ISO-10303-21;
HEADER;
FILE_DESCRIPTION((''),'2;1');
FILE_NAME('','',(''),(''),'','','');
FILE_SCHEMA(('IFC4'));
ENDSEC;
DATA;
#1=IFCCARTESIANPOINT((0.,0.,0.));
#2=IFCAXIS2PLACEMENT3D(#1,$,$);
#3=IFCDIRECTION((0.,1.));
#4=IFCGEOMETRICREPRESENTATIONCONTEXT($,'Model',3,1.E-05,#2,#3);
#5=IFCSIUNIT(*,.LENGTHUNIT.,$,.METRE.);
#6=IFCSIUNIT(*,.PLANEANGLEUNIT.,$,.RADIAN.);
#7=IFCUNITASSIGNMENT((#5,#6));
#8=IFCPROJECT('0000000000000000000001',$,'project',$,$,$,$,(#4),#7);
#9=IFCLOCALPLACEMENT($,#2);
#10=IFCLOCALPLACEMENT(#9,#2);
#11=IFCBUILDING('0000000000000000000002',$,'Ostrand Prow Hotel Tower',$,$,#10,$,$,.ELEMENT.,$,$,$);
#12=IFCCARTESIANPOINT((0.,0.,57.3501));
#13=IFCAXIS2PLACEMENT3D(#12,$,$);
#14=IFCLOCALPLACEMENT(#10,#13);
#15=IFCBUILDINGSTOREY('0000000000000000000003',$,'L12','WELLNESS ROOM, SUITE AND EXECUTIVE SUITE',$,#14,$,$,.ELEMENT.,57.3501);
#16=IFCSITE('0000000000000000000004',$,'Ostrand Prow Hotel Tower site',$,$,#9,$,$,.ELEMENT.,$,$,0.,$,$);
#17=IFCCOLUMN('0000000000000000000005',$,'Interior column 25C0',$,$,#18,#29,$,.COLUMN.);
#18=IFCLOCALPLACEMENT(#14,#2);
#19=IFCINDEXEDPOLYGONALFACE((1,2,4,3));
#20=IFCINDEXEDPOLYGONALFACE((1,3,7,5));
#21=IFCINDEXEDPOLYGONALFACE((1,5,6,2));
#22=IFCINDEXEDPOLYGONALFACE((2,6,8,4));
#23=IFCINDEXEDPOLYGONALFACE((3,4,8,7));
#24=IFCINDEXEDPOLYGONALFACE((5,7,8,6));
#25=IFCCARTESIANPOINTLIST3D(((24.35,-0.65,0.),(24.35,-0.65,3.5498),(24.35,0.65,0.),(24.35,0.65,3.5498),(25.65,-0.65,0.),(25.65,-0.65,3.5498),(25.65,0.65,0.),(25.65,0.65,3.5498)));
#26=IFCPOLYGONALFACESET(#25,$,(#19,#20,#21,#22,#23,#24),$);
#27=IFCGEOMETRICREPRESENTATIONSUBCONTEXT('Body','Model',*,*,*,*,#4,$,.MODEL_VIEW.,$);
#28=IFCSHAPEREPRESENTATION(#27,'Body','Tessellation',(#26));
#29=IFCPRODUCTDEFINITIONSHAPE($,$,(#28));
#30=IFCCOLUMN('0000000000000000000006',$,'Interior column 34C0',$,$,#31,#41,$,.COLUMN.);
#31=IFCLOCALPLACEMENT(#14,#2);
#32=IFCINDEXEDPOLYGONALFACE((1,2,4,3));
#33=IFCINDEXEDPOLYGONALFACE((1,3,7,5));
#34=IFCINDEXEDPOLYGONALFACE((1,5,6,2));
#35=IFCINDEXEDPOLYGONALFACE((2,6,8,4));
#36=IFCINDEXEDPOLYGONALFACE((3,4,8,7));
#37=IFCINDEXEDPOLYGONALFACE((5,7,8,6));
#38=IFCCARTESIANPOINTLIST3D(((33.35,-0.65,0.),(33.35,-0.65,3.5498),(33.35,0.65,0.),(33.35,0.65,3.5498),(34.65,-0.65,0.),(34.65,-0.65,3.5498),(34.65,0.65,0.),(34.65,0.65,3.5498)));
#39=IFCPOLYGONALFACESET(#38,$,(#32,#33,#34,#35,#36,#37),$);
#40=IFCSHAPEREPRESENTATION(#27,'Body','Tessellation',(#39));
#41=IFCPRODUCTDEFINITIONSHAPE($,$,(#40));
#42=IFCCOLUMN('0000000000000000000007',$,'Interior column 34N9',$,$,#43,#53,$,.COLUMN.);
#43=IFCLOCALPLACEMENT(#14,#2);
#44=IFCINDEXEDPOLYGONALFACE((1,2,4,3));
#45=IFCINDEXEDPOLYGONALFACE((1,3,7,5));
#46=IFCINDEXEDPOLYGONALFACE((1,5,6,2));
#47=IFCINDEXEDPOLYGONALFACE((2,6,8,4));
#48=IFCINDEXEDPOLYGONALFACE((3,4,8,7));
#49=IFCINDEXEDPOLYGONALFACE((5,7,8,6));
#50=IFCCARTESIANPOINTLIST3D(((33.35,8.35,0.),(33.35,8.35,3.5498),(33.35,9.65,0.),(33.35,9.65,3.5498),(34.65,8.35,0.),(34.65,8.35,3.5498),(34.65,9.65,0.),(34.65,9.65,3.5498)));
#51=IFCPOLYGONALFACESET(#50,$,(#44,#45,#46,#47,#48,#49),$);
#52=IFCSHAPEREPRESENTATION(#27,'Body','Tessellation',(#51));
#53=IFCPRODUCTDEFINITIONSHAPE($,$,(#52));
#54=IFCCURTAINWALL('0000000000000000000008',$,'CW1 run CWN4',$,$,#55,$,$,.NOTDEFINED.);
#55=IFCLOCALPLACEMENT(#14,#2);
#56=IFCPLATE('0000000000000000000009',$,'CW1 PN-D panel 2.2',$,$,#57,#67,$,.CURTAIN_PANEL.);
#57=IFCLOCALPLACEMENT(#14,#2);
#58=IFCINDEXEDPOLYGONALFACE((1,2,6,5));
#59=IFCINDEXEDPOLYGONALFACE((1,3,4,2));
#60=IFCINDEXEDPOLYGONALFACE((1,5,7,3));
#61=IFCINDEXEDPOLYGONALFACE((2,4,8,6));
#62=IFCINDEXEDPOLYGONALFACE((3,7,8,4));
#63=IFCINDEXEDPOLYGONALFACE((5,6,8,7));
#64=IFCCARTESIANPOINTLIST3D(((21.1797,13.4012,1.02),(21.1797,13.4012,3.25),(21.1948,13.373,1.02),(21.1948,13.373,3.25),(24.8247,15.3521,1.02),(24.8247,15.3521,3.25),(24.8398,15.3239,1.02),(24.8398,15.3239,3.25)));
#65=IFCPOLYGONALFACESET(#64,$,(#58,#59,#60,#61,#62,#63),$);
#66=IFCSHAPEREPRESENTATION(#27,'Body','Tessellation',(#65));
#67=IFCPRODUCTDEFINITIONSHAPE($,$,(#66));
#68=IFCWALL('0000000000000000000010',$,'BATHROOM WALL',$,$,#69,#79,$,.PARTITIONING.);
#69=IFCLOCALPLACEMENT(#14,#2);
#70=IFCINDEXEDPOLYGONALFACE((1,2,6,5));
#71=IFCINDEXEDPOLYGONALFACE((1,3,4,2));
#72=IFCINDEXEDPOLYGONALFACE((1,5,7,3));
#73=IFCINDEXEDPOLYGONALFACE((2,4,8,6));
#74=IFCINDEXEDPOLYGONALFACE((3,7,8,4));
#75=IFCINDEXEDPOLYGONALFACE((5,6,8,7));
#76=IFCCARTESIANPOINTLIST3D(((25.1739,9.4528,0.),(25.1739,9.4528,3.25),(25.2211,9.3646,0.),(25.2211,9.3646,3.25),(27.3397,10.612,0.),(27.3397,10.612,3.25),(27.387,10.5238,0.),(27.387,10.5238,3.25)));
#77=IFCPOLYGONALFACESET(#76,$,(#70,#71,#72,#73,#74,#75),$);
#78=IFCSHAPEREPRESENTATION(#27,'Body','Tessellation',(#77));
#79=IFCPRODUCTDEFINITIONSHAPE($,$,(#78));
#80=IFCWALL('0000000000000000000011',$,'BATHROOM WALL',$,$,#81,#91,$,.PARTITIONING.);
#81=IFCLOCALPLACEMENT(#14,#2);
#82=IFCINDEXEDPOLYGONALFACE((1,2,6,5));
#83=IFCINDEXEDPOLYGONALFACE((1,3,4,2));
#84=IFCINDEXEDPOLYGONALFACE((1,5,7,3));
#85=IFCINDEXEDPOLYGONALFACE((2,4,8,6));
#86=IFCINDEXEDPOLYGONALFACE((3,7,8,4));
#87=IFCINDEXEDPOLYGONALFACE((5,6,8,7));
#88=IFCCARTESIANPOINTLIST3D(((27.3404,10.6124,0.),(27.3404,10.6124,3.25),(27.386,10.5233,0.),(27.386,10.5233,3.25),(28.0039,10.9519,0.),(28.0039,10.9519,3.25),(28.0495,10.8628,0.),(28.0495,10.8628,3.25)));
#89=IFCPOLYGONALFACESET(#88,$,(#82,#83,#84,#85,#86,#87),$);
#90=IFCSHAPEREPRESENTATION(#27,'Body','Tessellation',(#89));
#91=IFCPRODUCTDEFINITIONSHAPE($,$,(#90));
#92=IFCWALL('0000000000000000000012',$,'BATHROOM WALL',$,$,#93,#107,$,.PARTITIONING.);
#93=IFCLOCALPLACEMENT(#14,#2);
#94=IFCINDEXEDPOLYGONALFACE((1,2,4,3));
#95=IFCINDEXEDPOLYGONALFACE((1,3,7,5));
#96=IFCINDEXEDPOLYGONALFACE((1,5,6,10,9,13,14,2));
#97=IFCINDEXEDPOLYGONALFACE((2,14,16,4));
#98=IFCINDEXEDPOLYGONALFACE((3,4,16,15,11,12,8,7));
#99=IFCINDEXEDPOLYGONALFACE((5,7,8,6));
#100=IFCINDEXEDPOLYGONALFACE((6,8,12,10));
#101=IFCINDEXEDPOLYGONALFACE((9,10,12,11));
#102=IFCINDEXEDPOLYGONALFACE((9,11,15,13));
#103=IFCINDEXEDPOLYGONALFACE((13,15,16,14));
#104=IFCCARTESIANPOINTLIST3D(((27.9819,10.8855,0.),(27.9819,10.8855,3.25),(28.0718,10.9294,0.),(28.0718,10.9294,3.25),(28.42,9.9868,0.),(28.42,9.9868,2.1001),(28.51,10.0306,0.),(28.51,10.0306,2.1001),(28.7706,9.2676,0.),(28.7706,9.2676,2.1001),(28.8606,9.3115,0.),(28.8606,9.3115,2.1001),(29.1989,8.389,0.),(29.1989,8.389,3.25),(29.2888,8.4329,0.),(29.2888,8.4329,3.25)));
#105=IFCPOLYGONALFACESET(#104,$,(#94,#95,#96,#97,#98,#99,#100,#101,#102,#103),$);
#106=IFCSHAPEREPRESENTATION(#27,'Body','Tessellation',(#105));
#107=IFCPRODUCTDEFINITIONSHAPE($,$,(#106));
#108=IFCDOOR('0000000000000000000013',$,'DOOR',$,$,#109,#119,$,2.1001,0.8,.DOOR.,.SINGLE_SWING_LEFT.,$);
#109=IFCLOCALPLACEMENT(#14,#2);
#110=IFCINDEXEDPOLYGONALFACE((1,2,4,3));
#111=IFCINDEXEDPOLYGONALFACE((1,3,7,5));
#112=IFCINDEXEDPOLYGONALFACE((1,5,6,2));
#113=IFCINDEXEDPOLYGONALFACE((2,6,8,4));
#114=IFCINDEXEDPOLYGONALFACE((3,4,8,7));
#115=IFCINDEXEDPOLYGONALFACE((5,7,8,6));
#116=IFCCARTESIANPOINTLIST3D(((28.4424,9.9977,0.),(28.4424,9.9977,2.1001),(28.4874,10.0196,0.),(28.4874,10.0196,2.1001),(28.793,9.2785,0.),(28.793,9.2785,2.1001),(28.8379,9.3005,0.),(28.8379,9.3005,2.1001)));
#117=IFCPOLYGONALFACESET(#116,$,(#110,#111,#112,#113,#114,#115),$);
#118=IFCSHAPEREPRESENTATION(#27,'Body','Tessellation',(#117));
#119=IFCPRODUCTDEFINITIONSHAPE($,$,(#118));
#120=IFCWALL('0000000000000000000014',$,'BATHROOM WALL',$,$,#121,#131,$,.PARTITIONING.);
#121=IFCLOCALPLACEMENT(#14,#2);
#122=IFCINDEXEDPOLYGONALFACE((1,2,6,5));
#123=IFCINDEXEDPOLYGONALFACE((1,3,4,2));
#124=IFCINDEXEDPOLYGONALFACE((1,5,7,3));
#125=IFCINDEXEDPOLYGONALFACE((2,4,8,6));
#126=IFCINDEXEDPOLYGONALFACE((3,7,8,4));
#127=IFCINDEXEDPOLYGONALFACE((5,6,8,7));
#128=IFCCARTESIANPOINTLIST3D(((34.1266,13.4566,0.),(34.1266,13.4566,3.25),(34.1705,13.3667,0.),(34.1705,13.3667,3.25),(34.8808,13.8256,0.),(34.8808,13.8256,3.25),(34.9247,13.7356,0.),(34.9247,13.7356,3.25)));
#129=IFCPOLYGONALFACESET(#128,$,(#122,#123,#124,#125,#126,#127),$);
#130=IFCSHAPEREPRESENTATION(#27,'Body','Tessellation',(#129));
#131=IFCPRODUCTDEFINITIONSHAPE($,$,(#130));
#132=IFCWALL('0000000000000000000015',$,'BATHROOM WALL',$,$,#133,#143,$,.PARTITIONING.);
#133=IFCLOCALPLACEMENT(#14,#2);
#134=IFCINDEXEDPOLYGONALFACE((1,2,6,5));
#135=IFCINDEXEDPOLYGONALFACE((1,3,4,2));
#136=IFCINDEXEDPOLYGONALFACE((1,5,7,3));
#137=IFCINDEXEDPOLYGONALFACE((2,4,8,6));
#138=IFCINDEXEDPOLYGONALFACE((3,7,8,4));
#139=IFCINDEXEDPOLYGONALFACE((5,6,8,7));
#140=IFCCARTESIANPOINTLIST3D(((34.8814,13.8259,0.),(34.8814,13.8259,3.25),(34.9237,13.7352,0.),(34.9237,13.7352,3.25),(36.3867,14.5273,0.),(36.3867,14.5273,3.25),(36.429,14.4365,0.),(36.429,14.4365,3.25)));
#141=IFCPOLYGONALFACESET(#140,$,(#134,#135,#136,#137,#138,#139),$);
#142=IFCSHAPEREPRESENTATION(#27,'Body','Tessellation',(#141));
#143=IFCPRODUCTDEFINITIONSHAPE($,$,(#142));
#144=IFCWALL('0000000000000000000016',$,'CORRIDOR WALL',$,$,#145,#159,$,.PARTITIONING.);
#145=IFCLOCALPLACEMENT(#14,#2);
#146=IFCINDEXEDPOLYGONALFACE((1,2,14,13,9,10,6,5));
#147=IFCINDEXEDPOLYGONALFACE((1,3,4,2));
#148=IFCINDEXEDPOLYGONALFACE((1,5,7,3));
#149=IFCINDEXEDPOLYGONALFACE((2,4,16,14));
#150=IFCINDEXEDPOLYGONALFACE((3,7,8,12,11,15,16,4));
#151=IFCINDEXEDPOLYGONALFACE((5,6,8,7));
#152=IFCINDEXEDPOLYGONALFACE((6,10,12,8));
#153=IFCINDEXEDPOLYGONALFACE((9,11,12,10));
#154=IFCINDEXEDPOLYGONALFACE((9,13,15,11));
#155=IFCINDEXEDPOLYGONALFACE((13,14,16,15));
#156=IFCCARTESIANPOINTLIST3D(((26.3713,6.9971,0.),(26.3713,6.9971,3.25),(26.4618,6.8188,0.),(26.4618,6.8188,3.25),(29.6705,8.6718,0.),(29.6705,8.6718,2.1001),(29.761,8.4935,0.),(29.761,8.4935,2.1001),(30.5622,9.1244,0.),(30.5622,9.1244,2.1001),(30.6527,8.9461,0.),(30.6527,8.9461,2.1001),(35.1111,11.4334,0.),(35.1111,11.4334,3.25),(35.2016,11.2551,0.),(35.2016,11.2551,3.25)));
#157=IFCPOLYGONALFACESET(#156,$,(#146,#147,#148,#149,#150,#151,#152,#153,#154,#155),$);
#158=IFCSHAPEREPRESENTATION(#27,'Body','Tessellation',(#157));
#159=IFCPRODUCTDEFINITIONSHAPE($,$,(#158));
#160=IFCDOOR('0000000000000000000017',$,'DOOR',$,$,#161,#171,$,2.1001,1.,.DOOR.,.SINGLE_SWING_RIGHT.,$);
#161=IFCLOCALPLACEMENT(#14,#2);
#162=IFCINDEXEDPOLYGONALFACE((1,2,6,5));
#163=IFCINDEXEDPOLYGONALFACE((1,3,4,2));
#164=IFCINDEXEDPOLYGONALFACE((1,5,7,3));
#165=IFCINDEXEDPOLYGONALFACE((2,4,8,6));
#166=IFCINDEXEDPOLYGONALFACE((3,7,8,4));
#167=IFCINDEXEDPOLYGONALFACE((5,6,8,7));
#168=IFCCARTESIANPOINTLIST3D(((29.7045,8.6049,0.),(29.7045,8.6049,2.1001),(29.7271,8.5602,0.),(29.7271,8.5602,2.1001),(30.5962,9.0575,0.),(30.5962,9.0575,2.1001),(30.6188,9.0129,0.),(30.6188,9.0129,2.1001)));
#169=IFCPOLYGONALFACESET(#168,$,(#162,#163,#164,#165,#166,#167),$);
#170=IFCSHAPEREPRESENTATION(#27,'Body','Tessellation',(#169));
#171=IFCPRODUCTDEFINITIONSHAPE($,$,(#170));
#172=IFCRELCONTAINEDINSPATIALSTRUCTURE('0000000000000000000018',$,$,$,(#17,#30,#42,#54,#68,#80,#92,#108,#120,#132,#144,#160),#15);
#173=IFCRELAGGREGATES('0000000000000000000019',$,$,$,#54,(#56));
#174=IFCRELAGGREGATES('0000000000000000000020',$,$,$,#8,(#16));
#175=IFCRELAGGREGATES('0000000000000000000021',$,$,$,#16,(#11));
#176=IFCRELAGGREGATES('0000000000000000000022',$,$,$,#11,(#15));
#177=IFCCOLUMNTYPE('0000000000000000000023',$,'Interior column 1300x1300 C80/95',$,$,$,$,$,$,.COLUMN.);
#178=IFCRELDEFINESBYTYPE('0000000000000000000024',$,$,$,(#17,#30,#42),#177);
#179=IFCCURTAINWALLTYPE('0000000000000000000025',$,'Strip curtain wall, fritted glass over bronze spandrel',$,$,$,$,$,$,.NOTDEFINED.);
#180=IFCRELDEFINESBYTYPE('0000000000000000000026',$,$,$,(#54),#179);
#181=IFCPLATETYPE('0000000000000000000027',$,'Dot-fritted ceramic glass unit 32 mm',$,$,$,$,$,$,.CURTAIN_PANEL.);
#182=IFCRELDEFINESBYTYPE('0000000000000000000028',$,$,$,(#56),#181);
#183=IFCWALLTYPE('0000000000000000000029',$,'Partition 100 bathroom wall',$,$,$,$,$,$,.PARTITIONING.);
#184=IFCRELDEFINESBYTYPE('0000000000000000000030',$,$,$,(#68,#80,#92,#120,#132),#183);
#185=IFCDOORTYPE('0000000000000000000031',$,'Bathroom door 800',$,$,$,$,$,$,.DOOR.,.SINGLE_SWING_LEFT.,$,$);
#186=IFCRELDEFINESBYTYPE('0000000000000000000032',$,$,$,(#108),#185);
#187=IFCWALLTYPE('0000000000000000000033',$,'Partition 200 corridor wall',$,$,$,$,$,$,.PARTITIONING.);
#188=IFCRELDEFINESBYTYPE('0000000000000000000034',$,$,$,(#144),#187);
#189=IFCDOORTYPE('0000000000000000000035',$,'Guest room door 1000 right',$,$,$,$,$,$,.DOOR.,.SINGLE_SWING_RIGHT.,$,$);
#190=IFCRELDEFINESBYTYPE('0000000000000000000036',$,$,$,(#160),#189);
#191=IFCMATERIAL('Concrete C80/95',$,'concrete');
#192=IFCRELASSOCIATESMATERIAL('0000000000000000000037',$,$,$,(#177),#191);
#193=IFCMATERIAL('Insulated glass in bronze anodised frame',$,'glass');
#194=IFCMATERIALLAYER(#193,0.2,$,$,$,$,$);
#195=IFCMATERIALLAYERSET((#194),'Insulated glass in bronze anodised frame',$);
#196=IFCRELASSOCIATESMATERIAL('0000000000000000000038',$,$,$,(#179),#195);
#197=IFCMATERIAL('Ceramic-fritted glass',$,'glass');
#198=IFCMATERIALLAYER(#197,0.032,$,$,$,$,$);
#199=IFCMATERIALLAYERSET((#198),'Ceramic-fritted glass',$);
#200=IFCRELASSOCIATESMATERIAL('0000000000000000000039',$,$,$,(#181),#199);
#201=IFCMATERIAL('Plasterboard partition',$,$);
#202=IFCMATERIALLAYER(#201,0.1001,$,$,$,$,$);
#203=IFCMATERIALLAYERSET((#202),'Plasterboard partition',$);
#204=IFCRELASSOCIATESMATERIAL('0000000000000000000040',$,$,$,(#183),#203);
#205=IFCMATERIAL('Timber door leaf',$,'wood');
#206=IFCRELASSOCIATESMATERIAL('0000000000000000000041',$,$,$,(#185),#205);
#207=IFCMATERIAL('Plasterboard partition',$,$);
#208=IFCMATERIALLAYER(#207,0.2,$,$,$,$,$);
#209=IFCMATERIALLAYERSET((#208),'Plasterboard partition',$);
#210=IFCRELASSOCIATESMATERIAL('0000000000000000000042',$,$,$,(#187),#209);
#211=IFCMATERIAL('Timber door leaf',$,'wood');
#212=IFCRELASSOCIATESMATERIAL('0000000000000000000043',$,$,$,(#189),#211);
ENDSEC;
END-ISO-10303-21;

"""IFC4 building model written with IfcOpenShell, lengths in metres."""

from ifc_helpers import new_model, si_unit, direction, frame, frame_2d, origin, origin_2d, place, context, subcontext, project, spatial, rectangle, extrude, material, layer, layer_set, material_profile, profile_set, type_object, element, fill, aggregate, save


model = new_model("IFC4")

# Units and contexts
model_context = context("Model", 3, precision=1e-05, world=origin(), true_north=direction((0.0, 1.0)))
body_context = subcontext(model_context, "Body", "Model", "MODEL_VIEW")
ifc_project = project(units=[si_unit("LENGTHUNIT", "METRE"), si_unit("PLANEANGLEUNIT", "RADIAN")], contexts=[model_context])

# Site, building, storey
site_placement = place(None, origin())
site = spatial("IfcSite", under=ifc_project, at=site_placement, Name="Ostrand Prow Hotel Tower site", CompositionType="ELEMENT", RefElevation=0.0)
building_placement = place(site_placement, origin())
building = spatial("IfcBuilding", under=site, at=building_placement, Name="Ostrand Prow Hotel Tower", CompositionType="ELEMENT")
storey_placement = place(building_placement, frame((0.0, 0.0, 57.3501)))
storey = spatial("IfcBuildingStorey", under=building, at=storey_placement, Name="L12", Description="WELLNESS ROOM, SUITE AND EXECUTIVE SUITE", CompositionType="ELEMENT", Elevation=57.3501)

# Columns
ifc_material_1 = material(Name="Concrete C80/95", Category="concrete")
ifc_material_profile = material_profile(ifc_material_1, rectangle(XDim=1.3, YDim=1.3, at=origin_2d()), Name="RC 1300x1300")
ifc_profile_set = profile_set([ifc_material_profile], Name="Concrete C80/95")
column_type = type_object("IfcColumnType", Name="Interior column 1300x1300 C80/95", PredefinedType="COLUMN", material=ifc_profile_set)
for number, where, z_axis, x_axis, name in (
    (1, (25.0, 0.0, 0.0), (0.0, 0.0, 1.0), (1.0, 0.0, 0.0), "Interior column 25C0"),
    (2, (34.0, 0.0, 0.0), (0.0, 0.0, 1.0), (1.0, 0.0, 0.0), "Interior column 34C0"),
    (3, (34.0, 9.0, 0.0), (0.0, 0.0, 1.0), (1.0, 0.0, 0.0), "Interior column 34N9"),
):
    element("IfcColumn", number, at=place(storey_placement, frame(where, z_axis=z_axis, x_axis=x_axis)), inside=storey, type_object=column_type, Name=name, PredefinedType="COLUMN", context=body_context, shape_type="SweptSolid", body=[
        extrude(rectangle(XDim=1.3, YDim=1.3, at=origin_2d()), origin(), (0.0, 0.0, 1.0), 3.5498),
    ])

# Curtain wall, plate
ifc_material_2 = material(Name="Insulated glass in bronze anodised frame", Category="glass")
ifc_layer_1 = layer(ifc_material_2, 0.2)
ifc_layer_set_1 = layer_set([ifc_layer_1], Name="Insulated glass in bronze anodised frame")
curtain_wall_type = type_object("IfcCurtainWallType", Name="Strip curtain wall, fritted glass over bronze spandrel", PredefinedType="NOTDEFINED", material=ifc_layer_set_1)
curtain_wall_placement = place(storey_placement, origin())
curtain_wall = element("IfcCurtainWall", 4, at=curtain_wall_placement, inside=storey, type_object=curtain_wall_type, Name="CW1 run CWN4", PredefinedType="NOTDEFINED")
ifc_material_3 = material(Name="Ceramic-fritted glass", Category="glass")
ifc_layer_2 = layer(ifc_material_3, 0.032)
ifc_layer_set_2 = layer_set([ifc_layer_2], Name="Ceramic-fritted glass")
plate_type = type_object("IfcPlateType", Name="Dot-fritted ceramic glass unit 32 mm", PredefinedType="CURTAIN_PANEL", material=ifc_layer_set_2)
plate_placement = place(storey_placement, frame((23.0098, 14.3625, 1.02), z_axis=(0.0, 0.0, 1.0), x_axis=(-0.881652, -0.4719, 0.0)))
plate = element("IfcPlate", 5, at=plate_placement, type_object=plate_type, Name="CW1 PN-D panel 2.2", PredefinedType="CURTAIN_PANEL", context=body_context, shape_type="SweptSolid", body=[
    extrude(rectangle(XDim=4.1343, YDim=0.032, at=origin_2d()), origin(), (0.0, 0.0, 1.0), 2.23),
])
aggregate(curtain_wall, [plate])

# Walls
ifc_material_4 = material(Name="Plasterboard partition")
ifc_layer_3 = layer(ifc_material_4, 0.1001)
ifc_layer_set_3 = layer_set([ifc_layer_3], Name="Plasterboard partition")
wall_type_1 = type_object("IfcWallType", Name="Partition 100 bathroom wall", PredefinedType="PARTITIONING", material=ifc_layer_set_3)
wall_1_placement = place(storey_placement, frame((25.1975, 9.4087, 0.0), z_axis=(0.0, 0.0, 1.0), x_axis=(0.881659, 0.471888, 0.0)))
element("IfcWall", 6, at=wall_1_placement, inside=storey, type_object=wall_type_1, Name="BATHROOM WALL", PredefinedType="PARTITIONING", context=body_context, shape_type="SweptSolid", body=[
    extrude(rectangle(XDim=2.4565, YDim=0.1001, at=frame_2d((1.2283, 0.0))), origin(), (0.0, 0.0, 1.0), 3.25),
])
wall_2_placement = place(storey_placement, frame((27.3633, 10.5679, 0.0), z_axis=(0.0, 0.0, 1.0), x_axis=(0.890196, 0.455578, 0.0)))
element("IfcWall", 7, at=wall_2_placement, inside=storey, type_object=wall_type_1, Name="BATHROOM WALL", PredefinedType="PARTITIONING", context=body_context, shape_type="SweptSolid", body=[
    extrude(rectangle(XDim=0.7454, YDim=0.1001, at=frame_2d((0.3726, 0.0))), origin(), (0.0, 0.0, 1.0), 3.25),
])

# Wall, opening, door
wall_3_placement = place(storey_placement, frame((28.0269, 10.9075, 0.0), z_axis=(0.0, 0.0, 1.0), x_axis=(0.43819, -0.898882, 0.0)))
wall_3 = element("IfcWall", 8, at=wall_3_placement, inside=storey, type_object=wall_type_1, Name="BATHROOM WALL", PredefinedType="PARTITIONING", context=body_context, shape_type="SweptSolid", body=[
    extrude(rectangle(XDim=2.7773, YDim=0.1001, at=frame_2d((1.3887, 0.0))), origin(), (0.0, 0.0, 1.0), 3.25),
])
opening_1_placement = place(wall_3_placement, frame((1.0, 0.0, 0.0)))
opening_1 = element("IfcOpeningElement", 9, at=opening_1_placement, cuts=wall_3, PredefinedType="OPENING", context=body_context, shape_type="SweptSolid", body=[
    extrude(rectangle(XDim=0.8, YDim=2.1001, at=frame_2d((0.3999, 1.05))), frame((0.0, 0.0601, 0.0), z_axis=(0.0, -1.0, 0.0), x_axis=(1.0, 0.0, 0.0)), (0.0, 0.0, 1.0), 0.1201),
])
ifc_material_5 = material(Name="Timber door leaf", Category="wood")
door_type_1 = type_object("IfcDoorType", Name="Bathroom door 800", OperationType="SINGLE_SWING_LEFT", PredefinedType="DOOR", material=ifc_material_5)
door_1_placement = place(opening_1_placement, origin())
door_1 = element("IfcDoor", 10, at=door_1_placement, inside=storey, type_object=door_type_1, Name="DOOR", OperationType="SINGLE_SWING_LEFT", OverallHeight=2.1001, OverallWidth=0.8, PredefinedType="DOOR", context=body_context, shape_type="SweptSolid", body=[
    extrude(rectangle(XDim=0.8, YDim=2.1001, at=frame_2d((0.3999, 1.05))), frame((0.0, 0.0249, 0.0), z_axis=(0.0, -1.0, 0.0), x_axis=(1.0, 0.0, 0.0)), (0.0, 0.0, 1.0), 0.05),
])
fill(opening_1, door_1)

# Walls
wall_4_placement = place(storey_placement, frame((34.1484, 13.4116, 0.0), z_axis=(0.0, 0.0, 1.0), x_axis=(0.89829, 0.439403, 0.0)))
element("IfcWall", 11, at=wall_4_placement, inside=storey, type_object=wall_type_1, Name="BATHROOM WALL", PredefinedType="PARTITIONING", context=body_context, shape_type="SweptSolid", body=[
    extrude(rectangle(XDim=0.8396, YDim=0.1001, at=frame_2d((0.4199, 0.0))), origin(), (0.0, 0.0, 1.0), 3.25),
])
wall_5_placement = place(storey_placement, frame((34.9026, 13.7805, 0.0), z_axis=(0.0, 0.0, 1.0), x_axis=(0.906435, 0.422346, 0.0)))
element("IfcWall", 12, at=wall_5_placement, inside=storey, type_object=wall_type_1, Name="BATHROOM WALL", PredefinedType="PARTITIONING", context=body_context, shape_type="SweptSolid", body=[
    extrude(rectangle(XDim=1.6606, YDim=0.1001, at=frame_2d((0.8303, 0.0))), origin(), (0.0, 0.0, 1.0), 3.25),
])

# Wall, opening, door
ifc_material_6 = material(Name="Plasterboard partition")
ifc_layer_4 = layer(ifc_material_6, 0.2)
ifc_layer_set_4 = layer_set([ifc_layer_4], Name="Plasterboard partition")
wall_type_2 = type_object("IfcWallType", Name="Partition 200 corridor wall", PredefinedType="PARTITIONING", material=ifc_layer_set_4)
wall_6_placement = place(storey_placement, frame((26.4165, 6.908, 0.0), z_axis=(0.0, 0.0, 1.0), x_axis=(0.891701, 0.452626, 0.0)))
wall_6 = element("IfcWall", 13, at=wall_6_placement, inside=storey, type_object=wall_type_2, Name="CORRIDOR WALL", PredefinedType="PARTITIONING", context=body_context, shape_type="SweptSolid", body=[
    extrude(rectangle(XDim=9.8013, YDim=0.2, at=frame_2d((4.9006, 0.0))), origin(), (0.0, 0.0, 1.0), 3.25),
])
opening_2_placement = place(wall_6_placement, frame((3.7, 0.0, 0.0)))
opening_2 = element("IfcOpeningElement", 14, at=opening_2_placement, cuts=wall_6, PredefinedType="OPENING", context=body_context, shape_type="SweptSolid", body=[
    extrude(rectangle(XDim=1.0, YDim=2.1001, at=frame_2d((0.5, 1.05))), frame((0.0, 0.1099, 0.0), z_axis=(0.0, -1.0, 0.0), x_axis=(1.0, 0.0, 0.0)), (0.0, 0.0, 1.0), 0.22),
])
ifc_material_7 = material(Name="Timber door leaf", Category="wood")
door_type_2 = type_object("IfcDoorType", Name="Guest room door 1000 right", OperationType="SINGLE_SWING_RIGHT", PredefinedType="DOOR", material=ifc_material_7)
door_2_placement = place(opening_2_placement, origin())
door_2 = element("IfcDoor", 15, at=door_2_placement, inside=storey, type_object=door_type_2, Name="DOOR", OperationType="SINGLE_SWING_RIGHT", OverallHeight=2.1001, OverallWidth=1.0, PredefinedType="DOOR", context=body_context, shape_type="SweptSolid", body=[
    extrude(rectangle(XDim=1.0, YDim=2.1001, at=frame_2d((0.5, 1.05))), frame((0.0, 0.0249, 0.0), z_axis=(0.0, -1.0, 0.0), x_axis=(1.0, 0.0, 0.0)), (0.0, 0.0, 1.0), 0.05),
])
fill(opening_2, door_2)

save(model, "model.ifc")
